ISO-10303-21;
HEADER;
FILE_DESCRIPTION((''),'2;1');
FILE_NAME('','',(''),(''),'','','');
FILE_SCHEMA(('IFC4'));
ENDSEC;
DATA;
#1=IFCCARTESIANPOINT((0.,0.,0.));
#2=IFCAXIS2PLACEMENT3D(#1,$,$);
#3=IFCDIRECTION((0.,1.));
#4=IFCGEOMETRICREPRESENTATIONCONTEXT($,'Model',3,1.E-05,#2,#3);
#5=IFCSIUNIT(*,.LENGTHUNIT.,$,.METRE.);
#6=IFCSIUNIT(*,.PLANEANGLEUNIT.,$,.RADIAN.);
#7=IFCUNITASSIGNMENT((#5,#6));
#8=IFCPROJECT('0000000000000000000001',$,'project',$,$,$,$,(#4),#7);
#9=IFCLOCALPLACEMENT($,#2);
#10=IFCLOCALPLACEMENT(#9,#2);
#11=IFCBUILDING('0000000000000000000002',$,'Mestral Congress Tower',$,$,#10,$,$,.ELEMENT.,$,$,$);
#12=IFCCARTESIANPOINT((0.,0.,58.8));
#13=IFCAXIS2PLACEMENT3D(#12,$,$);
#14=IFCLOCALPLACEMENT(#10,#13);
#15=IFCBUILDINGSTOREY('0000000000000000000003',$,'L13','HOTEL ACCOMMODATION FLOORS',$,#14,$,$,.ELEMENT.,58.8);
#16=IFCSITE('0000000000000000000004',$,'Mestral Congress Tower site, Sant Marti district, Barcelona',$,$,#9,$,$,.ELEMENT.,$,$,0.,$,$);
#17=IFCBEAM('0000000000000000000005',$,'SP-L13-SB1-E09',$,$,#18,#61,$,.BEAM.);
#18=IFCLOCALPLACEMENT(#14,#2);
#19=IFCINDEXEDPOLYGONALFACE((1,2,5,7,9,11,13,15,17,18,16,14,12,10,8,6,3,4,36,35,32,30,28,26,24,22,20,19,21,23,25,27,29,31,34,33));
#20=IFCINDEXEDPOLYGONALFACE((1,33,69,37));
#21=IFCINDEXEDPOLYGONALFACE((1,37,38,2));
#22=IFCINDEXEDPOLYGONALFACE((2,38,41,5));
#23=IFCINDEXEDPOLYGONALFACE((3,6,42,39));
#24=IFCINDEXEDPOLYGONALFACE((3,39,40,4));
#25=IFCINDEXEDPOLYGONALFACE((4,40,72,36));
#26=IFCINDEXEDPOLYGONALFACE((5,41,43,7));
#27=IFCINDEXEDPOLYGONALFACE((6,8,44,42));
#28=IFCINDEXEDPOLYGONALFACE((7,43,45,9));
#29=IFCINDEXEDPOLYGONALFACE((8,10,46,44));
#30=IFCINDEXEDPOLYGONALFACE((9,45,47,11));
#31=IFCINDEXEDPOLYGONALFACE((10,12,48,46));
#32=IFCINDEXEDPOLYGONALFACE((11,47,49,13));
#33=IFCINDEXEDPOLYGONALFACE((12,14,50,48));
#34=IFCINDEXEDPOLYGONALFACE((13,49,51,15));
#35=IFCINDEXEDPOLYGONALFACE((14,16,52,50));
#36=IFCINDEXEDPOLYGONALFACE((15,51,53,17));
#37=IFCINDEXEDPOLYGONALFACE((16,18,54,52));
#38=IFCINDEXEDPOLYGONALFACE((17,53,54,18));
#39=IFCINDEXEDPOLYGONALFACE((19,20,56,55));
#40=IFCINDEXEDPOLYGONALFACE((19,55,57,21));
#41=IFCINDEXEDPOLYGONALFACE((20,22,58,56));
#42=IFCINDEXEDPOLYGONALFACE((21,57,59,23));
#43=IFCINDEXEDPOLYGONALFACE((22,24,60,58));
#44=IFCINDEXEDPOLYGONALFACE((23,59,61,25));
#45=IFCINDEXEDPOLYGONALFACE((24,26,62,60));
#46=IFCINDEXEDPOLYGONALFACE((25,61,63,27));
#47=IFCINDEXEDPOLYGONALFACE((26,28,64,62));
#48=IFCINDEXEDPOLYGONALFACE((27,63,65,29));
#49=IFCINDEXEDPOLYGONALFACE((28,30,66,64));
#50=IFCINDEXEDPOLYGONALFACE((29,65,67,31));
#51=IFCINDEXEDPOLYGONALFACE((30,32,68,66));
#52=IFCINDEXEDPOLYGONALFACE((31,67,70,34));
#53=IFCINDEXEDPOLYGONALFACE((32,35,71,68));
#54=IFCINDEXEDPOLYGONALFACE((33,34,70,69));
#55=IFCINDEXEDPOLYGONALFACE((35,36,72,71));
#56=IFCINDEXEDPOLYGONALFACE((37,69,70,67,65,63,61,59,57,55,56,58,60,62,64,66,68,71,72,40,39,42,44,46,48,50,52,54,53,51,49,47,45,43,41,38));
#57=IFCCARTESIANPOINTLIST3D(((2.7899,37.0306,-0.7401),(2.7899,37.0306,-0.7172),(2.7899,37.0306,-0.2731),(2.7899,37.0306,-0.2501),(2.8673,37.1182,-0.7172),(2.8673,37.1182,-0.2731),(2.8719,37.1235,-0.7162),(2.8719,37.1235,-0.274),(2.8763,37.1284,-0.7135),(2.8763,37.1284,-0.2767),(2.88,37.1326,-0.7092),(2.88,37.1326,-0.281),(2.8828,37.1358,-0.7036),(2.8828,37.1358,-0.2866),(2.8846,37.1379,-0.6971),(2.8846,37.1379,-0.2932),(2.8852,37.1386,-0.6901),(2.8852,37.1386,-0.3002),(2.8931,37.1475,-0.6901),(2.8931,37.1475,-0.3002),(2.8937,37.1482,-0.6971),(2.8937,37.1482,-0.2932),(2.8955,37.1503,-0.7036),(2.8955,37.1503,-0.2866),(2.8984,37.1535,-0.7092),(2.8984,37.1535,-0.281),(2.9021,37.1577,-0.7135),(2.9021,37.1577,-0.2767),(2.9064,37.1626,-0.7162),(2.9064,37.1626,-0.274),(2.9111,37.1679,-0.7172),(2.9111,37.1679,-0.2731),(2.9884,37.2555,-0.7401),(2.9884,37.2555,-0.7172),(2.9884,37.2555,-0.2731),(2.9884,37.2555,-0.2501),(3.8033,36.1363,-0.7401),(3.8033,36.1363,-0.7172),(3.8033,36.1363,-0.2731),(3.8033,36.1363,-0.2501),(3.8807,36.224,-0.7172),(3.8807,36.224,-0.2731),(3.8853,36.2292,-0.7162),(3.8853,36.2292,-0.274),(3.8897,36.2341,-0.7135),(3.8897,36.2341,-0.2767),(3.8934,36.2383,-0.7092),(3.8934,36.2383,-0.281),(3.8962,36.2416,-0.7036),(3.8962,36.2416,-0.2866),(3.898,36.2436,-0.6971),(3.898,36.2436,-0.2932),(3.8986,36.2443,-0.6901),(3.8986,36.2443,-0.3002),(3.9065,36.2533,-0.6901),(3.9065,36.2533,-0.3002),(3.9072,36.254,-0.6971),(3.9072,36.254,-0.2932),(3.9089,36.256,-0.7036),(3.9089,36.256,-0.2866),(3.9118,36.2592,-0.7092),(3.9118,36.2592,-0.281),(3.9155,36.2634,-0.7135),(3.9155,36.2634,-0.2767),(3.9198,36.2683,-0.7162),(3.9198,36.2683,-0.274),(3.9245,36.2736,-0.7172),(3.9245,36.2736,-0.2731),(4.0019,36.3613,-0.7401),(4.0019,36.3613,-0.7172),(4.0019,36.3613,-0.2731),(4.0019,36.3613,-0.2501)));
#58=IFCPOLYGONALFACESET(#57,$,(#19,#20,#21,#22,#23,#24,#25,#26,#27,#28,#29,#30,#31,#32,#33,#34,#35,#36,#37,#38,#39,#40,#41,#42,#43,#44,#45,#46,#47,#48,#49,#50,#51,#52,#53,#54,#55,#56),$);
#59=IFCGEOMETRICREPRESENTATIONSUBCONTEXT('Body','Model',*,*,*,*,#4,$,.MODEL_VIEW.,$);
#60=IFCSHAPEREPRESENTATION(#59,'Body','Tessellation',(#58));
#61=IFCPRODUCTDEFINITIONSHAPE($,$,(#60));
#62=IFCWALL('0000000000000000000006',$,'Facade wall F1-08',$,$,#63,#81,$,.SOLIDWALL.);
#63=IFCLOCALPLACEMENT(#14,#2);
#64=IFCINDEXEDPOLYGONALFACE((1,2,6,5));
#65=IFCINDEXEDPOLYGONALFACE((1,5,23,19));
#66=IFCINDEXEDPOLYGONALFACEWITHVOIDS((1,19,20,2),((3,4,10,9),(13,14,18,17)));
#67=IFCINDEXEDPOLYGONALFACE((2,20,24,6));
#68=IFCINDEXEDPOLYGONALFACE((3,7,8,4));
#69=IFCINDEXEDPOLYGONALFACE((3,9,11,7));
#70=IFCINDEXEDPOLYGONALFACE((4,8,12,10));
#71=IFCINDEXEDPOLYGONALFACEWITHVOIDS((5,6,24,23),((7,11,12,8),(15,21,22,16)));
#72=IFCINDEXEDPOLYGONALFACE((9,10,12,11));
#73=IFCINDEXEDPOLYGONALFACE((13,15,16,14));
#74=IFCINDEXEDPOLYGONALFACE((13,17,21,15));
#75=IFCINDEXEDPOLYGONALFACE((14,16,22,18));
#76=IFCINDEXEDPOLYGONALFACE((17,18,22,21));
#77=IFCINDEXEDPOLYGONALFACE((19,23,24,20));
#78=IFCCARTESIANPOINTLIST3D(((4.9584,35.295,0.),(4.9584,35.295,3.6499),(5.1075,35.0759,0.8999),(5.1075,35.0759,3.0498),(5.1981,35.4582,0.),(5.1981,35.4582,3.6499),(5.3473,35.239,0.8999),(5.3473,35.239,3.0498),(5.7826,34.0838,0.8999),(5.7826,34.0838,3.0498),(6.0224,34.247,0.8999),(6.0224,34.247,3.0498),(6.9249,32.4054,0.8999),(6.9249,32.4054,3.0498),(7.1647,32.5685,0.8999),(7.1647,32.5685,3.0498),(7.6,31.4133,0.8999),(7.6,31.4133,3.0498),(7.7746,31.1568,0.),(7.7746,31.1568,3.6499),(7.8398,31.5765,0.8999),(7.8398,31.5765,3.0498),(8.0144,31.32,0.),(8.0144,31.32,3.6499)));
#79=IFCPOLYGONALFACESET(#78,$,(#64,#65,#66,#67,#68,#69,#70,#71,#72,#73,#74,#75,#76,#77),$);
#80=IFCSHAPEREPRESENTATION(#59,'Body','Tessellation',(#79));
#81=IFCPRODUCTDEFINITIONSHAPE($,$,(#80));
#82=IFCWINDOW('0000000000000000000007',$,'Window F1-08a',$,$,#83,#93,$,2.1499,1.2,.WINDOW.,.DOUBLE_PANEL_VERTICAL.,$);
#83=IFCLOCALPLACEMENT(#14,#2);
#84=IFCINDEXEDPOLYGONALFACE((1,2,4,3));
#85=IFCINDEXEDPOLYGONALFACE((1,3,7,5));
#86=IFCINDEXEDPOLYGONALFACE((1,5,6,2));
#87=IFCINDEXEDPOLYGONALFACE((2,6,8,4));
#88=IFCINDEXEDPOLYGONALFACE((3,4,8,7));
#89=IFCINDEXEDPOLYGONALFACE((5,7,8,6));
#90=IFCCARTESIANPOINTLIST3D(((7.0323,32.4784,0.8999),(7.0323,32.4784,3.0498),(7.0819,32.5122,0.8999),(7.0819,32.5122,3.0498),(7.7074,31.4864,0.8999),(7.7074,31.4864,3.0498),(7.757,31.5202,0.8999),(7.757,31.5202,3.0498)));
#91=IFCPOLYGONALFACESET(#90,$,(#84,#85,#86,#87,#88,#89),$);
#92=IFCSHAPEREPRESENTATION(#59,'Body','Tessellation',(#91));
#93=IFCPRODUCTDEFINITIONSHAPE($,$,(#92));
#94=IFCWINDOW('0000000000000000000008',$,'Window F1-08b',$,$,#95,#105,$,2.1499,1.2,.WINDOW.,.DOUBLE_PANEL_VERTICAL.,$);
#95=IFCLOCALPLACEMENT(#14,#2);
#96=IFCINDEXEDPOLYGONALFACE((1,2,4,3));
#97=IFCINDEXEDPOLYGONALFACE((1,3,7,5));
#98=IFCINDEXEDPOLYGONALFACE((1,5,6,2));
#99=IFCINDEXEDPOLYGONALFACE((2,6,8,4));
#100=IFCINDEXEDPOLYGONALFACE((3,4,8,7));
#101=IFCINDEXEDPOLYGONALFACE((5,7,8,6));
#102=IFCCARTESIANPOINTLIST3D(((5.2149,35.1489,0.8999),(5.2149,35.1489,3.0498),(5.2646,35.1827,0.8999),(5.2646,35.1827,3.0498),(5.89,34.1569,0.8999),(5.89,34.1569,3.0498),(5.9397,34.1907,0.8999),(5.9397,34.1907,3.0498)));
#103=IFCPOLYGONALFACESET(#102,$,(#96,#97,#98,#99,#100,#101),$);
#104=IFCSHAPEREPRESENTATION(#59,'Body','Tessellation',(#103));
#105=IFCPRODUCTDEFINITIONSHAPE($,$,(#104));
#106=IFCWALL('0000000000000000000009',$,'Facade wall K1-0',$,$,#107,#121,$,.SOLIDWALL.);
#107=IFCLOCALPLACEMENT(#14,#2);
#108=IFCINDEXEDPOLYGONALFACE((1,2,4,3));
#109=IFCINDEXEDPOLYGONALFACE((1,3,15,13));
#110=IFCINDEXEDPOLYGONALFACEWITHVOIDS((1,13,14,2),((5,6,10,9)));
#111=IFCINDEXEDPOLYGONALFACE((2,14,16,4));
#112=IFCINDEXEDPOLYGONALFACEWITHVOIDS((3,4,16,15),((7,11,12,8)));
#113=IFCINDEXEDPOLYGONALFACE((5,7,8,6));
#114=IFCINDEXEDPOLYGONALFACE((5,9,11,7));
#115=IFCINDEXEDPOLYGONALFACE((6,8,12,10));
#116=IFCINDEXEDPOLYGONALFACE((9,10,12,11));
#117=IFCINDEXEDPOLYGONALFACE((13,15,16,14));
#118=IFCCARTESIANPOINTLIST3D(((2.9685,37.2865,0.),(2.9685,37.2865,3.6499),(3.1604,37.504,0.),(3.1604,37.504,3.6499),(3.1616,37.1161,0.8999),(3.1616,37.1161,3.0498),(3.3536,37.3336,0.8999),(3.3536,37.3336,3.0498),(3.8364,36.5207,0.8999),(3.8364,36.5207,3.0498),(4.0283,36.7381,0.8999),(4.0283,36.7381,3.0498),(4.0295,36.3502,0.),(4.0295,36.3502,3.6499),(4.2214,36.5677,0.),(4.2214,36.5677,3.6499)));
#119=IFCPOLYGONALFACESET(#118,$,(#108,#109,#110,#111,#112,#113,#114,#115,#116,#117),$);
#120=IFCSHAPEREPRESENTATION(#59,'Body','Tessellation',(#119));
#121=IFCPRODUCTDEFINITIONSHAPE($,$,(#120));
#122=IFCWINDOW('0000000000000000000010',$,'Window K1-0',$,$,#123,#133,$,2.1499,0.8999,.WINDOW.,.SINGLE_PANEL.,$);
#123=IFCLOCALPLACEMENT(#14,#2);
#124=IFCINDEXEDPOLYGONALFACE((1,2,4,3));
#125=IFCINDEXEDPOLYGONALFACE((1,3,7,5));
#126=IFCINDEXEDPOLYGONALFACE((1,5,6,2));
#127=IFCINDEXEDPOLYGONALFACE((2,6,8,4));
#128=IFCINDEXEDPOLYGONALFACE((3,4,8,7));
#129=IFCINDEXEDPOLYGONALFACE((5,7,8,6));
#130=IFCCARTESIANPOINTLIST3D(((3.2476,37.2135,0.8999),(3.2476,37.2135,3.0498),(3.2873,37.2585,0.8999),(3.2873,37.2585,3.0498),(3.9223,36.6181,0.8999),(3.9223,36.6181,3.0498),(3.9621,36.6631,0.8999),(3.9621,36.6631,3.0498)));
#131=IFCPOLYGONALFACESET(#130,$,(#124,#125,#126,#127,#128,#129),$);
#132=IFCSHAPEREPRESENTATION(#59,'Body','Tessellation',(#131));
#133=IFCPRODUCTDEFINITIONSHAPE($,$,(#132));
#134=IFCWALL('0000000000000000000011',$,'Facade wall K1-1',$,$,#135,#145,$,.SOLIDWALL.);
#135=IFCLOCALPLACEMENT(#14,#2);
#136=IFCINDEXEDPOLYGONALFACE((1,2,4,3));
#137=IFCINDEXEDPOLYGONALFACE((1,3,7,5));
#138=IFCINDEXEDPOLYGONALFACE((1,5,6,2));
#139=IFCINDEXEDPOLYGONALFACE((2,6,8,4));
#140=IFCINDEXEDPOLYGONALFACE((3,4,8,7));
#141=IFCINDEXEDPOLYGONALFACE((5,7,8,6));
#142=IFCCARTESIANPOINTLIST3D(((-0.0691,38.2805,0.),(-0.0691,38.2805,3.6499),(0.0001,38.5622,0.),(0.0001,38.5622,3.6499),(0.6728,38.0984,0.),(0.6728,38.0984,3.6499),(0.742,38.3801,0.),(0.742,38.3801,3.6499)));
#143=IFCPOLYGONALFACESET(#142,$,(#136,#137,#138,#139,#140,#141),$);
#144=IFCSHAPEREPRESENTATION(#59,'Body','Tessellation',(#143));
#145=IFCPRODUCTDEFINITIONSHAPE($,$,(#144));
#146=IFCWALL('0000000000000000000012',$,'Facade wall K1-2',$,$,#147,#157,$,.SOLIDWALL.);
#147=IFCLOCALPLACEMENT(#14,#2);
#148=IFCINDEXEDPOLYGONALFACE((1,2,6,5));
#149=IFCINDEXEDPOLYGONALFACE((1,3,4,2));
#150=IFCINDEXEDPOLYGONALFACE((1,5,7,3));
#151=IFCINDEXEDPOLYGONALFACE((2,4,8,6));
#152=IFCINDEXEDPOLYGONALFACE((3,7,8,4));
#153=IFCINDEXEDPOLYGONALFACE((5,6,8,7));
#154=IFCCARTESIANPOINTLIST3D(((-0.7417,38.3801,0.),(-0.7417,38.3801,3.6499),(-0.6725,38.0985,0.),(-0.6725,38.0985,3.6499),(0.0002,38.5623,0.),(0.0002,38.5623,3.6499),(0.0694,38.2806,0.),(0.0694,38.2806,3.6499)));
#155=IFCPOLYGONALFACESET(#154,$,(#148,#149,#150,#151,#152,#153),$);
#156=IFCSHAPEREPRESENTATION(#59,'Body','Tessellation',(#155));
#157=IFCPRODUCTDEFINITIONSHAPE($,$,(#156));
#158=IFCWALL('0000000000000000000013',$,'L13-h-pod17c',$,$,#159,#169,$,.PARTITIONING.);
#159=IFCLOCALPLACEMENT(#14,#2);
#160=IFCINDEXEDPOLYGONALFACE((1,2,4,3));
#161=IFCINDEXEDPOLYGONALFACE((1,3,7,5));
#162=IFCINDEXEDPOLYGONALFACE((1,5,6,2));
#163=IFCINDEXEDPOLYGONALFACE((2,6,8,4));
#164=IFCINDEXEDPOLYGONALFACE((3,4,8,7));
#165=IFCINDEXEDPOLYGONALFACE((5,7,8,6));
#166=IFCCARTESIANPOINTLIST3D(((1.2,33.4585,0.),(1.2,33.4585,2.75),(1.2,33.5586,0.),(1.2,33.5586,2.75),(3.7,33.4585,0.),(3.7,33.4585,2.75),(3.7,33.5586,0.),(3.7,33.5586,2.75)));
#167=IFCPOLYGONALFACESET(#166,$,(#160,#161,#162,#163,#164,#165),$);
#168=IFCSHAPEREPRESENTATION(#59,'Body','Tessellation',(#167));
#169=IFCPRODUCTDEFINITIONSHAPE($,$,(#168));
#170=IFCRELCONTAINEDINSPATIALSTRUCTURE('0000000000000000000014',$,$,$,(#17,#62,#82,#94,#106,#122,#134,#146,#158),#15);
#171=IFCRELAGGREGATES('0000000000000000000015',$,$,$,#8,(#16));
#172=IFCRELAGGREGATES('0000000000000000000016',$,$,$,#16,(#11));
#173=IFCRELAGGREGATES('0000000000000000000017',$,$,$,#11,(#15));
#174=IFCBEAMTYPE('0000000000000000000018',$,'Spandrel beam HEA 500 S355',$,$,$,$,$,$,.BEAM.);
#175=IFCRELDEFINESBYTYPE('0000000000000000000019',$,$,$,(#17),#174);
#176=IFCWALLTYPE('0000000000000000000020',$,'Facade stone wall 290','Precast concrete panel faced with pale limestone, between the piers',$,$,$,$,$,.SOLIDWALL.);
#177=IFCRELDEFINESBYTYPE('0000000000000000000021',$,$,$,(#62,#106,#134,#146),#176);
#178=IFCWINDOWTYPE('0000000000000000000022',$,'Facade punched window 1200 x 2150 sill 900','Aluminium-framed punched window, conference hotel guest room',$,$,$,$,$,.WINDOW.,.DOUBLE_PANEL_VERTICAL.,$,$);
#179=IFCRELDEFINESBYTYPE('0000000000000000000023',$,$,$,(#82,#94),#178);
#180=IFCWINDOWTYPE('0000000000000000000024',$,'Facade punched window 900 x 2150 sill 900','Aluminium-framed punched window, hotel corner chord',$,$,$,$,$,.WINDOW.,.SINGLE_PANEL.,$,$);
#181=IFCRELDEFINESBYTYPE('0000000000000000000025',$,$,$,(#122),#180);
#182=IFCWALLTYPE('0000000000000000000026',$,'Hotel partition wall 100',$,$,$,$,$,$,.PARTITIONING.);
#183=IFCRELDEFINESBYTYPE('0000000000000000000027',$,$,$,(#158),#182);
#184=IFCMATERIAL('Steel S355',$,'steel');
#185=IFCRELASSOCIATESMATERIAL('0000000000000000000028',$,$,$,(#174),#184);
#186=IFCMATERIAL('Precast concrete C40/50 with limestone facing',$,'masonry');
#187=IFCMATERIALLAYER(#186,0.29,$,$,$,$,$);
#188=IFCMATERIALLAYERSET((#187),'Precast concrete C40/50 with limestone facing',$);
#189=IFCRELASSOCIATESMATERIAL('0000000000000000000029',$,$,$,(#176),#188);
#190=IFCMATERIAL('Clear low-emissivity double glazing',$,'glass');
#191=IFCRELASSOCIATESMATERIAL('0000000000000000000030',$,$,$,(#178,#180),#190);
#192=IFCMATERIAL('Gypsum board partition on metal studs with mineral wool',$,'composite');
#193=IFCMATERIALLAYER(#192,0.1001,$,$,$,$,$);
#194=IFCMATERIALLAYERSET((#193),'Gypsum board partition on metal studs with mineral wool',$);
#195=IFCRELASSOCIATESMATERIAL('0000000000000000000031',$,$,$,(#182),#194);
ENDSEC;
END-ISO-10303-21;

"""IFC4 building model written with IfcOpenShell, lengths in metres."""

from ifc_helpers import new_model, si_unit, direction, frame, frame_2d, origin, origin_2d, place, context, subcontext, project, spatial, rectangle, i_section, extrude, material, layer, layer_set, material_profile, profile_set, type_object, element, fill, save


model = new_model("IFC4")

# Units and contexts
model_context = context("Model", 3, precision=1e-05, world=origin(), true_north=direction((0.0, 1.0)))
body_context = subcontext(model_context, "Body", "Model", "MODEL_VIEW")
ifc_project = project(units=[si_unit("LENGTHUNIT", "METRE"), si_unit("PLANEANGLEUNIT", "RADIAN")], contexts=[model_context])

# Site, building, storey
site_placement = place(None, origin())
site = spatial("IfcSite", under=ifc_project, at=site_placement, Name="Mestral Congress Tower site, Sant Marti district, Barcelona", CompositionType="ELEMENT", RefElevation=0.0)
building_placement = place(site_placement, origin())
building = spatial("IfcBuilding", under=site, at=building_placement, Name="Mestral Congress Tower", CompositionType="ELEMENT")
storey_placement = place(building_placement, frame((0.0, 0.0, 58.8)))
storey = spatial("IfcBuildingStorey", under=building, at=storey_placement, Name="L13", Description="HOTEL ACCOMMODATION FLOORS", CompositionType="ELEMENT", Elevation=58.8)

# Beam
ifc_material_1 = material(Name="Steel S355", Category="steel")
ifc_material_profile_1 = material_profile(ifc_material_1, i_section(OverallWidth=0.3, OverallDepth=0.49, WebThickness=0.012, FlangeThickness=0.0229, FilletRadius=0.0271, at=origin_2d()), Name="HEA 500")
ifc_profile_set_1 = profile_set([ifc_material_profile_1], Name="Steel S355")
beam_type_1 = type_object("IfcBeamType", Name="Spandrel beam HEA 500 S355", PredefinedType="BEAM", material=ifc_profile_set_1)
beam_1_placement = place(storey_placement, frame((3.9026, 36.2488, -0.4951), z_axis=(-0.749806, 0.661657, 0.0), x_axis=(-0.661657, -0.749806, 0.0)))
element("IfcBeam", 1, at=beam_1_placement, inside=storey, type_object=beam_type_1, Name="SP-L13-SB1-E09", PredefinedType="BEAM", context=body_context, shape_type="SweptSolid", body=[
    extrude(i_section(OverallWidth=0.3, OverallDepth=0.49, WebThickness=0.012, FlangeThickness=0.0229, FilletRadius=0.0271, at=origin_2d()), origin(), (0.0, 0.0, 1.0), 1.3516),
])

# Wall, openings, windows
ifc_material_2 = material(Name="Precast concrete C40/50 with limestone facing", Category="masonry")
ifc_layer_1 = layer(ifc_material_2, 0.29)
ifc_layer_set_1 = layer_set([ifc_layer_1], Name="Precast concrete C40/50 with limestone facing")
wall_type_1 = type_object("IfcWallType", Name="Facade stone wall 290", Description="Precast concrete panel faced with pale limestone, between the piers", PredefinedType="SOLIDWALL", material=ifc_layer_set_1)
wall_1_placement = place(storey_placement, frame((7.8945, 31.2383, 0.0), z_axis=(0.0, 0.0, 1.0), x_axis=(-0.56261, 0.826722, 0.0)))
wall_1 = element("IfcWall", 2, at=wall_1_placement, inside=storey, type_object=wall_type_1, Name="Facade wall F1-08", PredefinedType="SOLIDWALL", context=body_context, shape_type="SweptSolid", body=[
    extrude(rectangle(XDim=5.0056, YDim=0.29, at=frame_2d((2.5029, 0.0))), origin(), (0.0, 0.0, 1.0), 3.6499),
])
opening_1_placement = place(wall_1_placement, frame((0.3103, 0.0, 0.8999)))
opening_1 = element("IfcOpeningElement", 3, at=opening_1_placement, cuts=wall_1, PredefinedType="OPENING", context=body_context, shape_type="SweptSolid", body=[
    extrude(rectangle(XDim=1.2, YDim=2.1499, at=frame_2d((0.6001, 1.075))), frame((0.0, 0.155, 0.0), z_axis=(0.0, -1.0, 0.0), x_axis=(1.0, 0.0, 0.0)), (0.0, 0.0, 1.0), 0.3101),
])
opening_2_placement = place(wall_1_placement, frame((3.5405, 0.0, 0.8999)))
opening_2 = element("IfcOpeningElement", 4, at=opening_2_placement, cuts=wall_1, PredefinedType="OPENING", context=body_context, shape_type="SweptSolid", body=[
    extrude(rectangle(XDim=1.2, YDim=2.1499, at=frame_2d((0.6001, 1.075))), frame((0.0, 0.155, 0.0), z_axis=(0.0, -1.0, 0.0), x_axis=(1.0, 0.0, 0.0)), (0.0, 0.0, 1.0), 0.3101),
])
ifc_material_3 = material(Name="Clear low-emissivity double glazing", Category="glass")
window_type_1 = type_object("IfcWindowType", Name="Facade punched window 1200 x 2150 sill 900", Description="Aluminium-framed punched window, conference hotel guest room", PartitioningType="DOUBLE_PANEL_VERTICAL", PredefinedType="WINDOW", material=ifc_material_3)
window_1_placement = place(opening_1_placement, origin())
window_1 = element("IfcWindow", 5, at=window_1_placement, inside=storey, type_object=window_type_1, Name="Window F1-08a", OverallHeight=2.1499, OverallWidth=1.2, PartitioningType="DOUBLE_PANEL_VERTICAL", PredefinedType="WINDOW", context=body_context, shape_type="SweptSolid", body=[
    extrude(rectangle(XDim=1.2, YDim=2.1499, at=frame_2d((0.6001, 1.075))), frame((0.0, 0.0151, 0.0), z_axis=(0.0, -1.0, 0.0), x_axis=(1.0, 0.0, 0.0)), (0.0, 0.0, 1.0), 0.0601),
])
fill(opening_1, window_1)
window_2_placement = place(opening_2_placement, origin())
window_2 = element("IfcWindow", 6, at=window_2_placement, inside=storey, type_object=window_type_1, Name="Window F1-08b", OverallHeight=2.1499, OverallWidth=1.2, PartitioningType="DOUBLE_PANEL_VERTICAL", PredefinedType="WINDOW", context=body_context, shape_type="SweptSolid", body=[
    extrude(rectangle(XDim=1.2, YDim=2.1499, at=frame_2d((0.6001, 1.075))), frame((0.0, 0.0151, 0.0), z_axis=(0.0, -1.0, 0.0), x_axis=(1.0, 0.0, 0.0)), (0.0, 0.0, 1.0), 0.0601),
])
fill(opening_2, window_2)

# Wall, opening, window
wall_2_placement = place(storey_placement, frame((4.1255, 36.459, 0.0), z_axis=(0.0, 0.0, 1.0), x_axis=(-0.749813, 0.66165, 0.0)))
wall_2 = element("IfcWall", 7, at=wall_2_placement, inside=storey, type_object=wall_type_1, Name="Facade wall K1-0", PredefinedType="SOLIDWALL", context=body_context, shape_type="SweptSolid", body=[
    extrude(rectangle(XDim=1.415, YDim=0.29, at=frame_2d((0.7075, 0.0))), origin(), (0.0, 0.0, 1.0), 3.6499),
])
opening_3_placement = place(wall_2_placement, frame((0.2576, 0.0, 0.8999)))
opening_3 = element("IfcOpeningElement", 8, at=opening_3_placement, cuts=wall_2, PredefinedType="OPENING", context=body_context, shape_type="SweptSolid", body=[
    extrude(rectangle(XDim=0.8999, YDim=2.1499, at=frame_2d((0.45, 1.075))), frame((0.0, 0.155, 0.0), z_axis=(0.0, -1.0, 0.0), x_axis=(1.0, 0.0, 0.0)), (0.0, 0.0, 1.0), 0.3101),
])
window_type_2 = type_object("IfcWindowType", Name="Facade punched window 900 x 2150 sill 900", Description="Aluminium-framed punched window, hotel corner chord", PartitioningType="SINGLE_PANEL", PredefinedType="WINDOW", material=ifc_material_3)
window_3_placement = place(opening_3_placement, origin())
window_3 = element("IfcWindow", 9, at=window_3_placement, inside=storey, type_object=window_type_2, Name="Window K1-0", OverallHeight=2.1499, OverallWidth=0.8999, PartitioningType="SINGLE_PANEL", PredefinedType="WINDOW", context=body_context, shape_type="SweptSolid", body=[
    extrude(rectangle(XDim=0.8999, YDim=2.1499, at=frame_2d((0.45, 1.075))), frame((0.0, 0.0151, 0.0), z_axis=(0.0, -1.0, 0.0), x_axis=(1.0, 0.0, 0.0)), (0.0, 0.0, 1.0), 0.0601),
])
fill(opening_3, window_3)

# Walls
for number, where, z_axis, x_axis, name in (
    (10, (0.7073, 38.2393, 0.0), (0.0, 0.0, 1.0), (-0.971168, 0.238398, 0.0), "Facade wall K1-1"),
    (11, (0.0347, 38.4214, 0.0), (0.0, 0.0, 1.0), (-0.971168, -0.238398, 0.0), "Facade wall K1-2"),
):
    element("IfcWall", number, at=place(storey_placement, frame(where, z_axis=z_axis, x_axis=x_axis)), inside=storey, type_object=wall_type_1, Name=name, PredefinedType="SOLIDWALL", context=body_context, shape_type="SweptSolid", body=[
        extrude(rectangle(XDim=0.7639, YDim=0.29, at=frame_2d((0.3818, 0.0))), origin(), (0.0, 0.0, 1.0), 3.6499),
    ])
ifc_material_4 = material(Name="Gypsum board partition on metal studs with mineral wool", Category="composite")
ifc_layer_2 = layer(ifc_material_4, 0.1001)
ifc_layer_set_2 = layer_set([ifc_layer_2], Name="Gypsum board partition on metal studs with mineral wool")
wall_type_2 = type_object("IfcWallType", Name="Hotel partition wall 100", PredefinedType="PARTITIONING", material=ifc_layer_set_2)
wall_3_placement = place(storey_placement, frame((1.2, 33.5085, 0.0), z_axis=(0.0, 0.0, 1.0), x_axis=(1.0, 0.0, 0.0)))
element("IfcWall", 12, at=wall_3_placement, inside=storey, type_object=wall_type_2, Name="L13-h-pod17c", PredefinedType="PARTITIONING", context=body_context, shape_type="SweptSolid", body=[
    extrude(rectangle(XDim=2.5, YDim=0.1001, at=frame_2d((1.25, 0.0))), origin(), (0.0, 0.0, 1.0), 2.75),
])

save(model, "model.ifc")
